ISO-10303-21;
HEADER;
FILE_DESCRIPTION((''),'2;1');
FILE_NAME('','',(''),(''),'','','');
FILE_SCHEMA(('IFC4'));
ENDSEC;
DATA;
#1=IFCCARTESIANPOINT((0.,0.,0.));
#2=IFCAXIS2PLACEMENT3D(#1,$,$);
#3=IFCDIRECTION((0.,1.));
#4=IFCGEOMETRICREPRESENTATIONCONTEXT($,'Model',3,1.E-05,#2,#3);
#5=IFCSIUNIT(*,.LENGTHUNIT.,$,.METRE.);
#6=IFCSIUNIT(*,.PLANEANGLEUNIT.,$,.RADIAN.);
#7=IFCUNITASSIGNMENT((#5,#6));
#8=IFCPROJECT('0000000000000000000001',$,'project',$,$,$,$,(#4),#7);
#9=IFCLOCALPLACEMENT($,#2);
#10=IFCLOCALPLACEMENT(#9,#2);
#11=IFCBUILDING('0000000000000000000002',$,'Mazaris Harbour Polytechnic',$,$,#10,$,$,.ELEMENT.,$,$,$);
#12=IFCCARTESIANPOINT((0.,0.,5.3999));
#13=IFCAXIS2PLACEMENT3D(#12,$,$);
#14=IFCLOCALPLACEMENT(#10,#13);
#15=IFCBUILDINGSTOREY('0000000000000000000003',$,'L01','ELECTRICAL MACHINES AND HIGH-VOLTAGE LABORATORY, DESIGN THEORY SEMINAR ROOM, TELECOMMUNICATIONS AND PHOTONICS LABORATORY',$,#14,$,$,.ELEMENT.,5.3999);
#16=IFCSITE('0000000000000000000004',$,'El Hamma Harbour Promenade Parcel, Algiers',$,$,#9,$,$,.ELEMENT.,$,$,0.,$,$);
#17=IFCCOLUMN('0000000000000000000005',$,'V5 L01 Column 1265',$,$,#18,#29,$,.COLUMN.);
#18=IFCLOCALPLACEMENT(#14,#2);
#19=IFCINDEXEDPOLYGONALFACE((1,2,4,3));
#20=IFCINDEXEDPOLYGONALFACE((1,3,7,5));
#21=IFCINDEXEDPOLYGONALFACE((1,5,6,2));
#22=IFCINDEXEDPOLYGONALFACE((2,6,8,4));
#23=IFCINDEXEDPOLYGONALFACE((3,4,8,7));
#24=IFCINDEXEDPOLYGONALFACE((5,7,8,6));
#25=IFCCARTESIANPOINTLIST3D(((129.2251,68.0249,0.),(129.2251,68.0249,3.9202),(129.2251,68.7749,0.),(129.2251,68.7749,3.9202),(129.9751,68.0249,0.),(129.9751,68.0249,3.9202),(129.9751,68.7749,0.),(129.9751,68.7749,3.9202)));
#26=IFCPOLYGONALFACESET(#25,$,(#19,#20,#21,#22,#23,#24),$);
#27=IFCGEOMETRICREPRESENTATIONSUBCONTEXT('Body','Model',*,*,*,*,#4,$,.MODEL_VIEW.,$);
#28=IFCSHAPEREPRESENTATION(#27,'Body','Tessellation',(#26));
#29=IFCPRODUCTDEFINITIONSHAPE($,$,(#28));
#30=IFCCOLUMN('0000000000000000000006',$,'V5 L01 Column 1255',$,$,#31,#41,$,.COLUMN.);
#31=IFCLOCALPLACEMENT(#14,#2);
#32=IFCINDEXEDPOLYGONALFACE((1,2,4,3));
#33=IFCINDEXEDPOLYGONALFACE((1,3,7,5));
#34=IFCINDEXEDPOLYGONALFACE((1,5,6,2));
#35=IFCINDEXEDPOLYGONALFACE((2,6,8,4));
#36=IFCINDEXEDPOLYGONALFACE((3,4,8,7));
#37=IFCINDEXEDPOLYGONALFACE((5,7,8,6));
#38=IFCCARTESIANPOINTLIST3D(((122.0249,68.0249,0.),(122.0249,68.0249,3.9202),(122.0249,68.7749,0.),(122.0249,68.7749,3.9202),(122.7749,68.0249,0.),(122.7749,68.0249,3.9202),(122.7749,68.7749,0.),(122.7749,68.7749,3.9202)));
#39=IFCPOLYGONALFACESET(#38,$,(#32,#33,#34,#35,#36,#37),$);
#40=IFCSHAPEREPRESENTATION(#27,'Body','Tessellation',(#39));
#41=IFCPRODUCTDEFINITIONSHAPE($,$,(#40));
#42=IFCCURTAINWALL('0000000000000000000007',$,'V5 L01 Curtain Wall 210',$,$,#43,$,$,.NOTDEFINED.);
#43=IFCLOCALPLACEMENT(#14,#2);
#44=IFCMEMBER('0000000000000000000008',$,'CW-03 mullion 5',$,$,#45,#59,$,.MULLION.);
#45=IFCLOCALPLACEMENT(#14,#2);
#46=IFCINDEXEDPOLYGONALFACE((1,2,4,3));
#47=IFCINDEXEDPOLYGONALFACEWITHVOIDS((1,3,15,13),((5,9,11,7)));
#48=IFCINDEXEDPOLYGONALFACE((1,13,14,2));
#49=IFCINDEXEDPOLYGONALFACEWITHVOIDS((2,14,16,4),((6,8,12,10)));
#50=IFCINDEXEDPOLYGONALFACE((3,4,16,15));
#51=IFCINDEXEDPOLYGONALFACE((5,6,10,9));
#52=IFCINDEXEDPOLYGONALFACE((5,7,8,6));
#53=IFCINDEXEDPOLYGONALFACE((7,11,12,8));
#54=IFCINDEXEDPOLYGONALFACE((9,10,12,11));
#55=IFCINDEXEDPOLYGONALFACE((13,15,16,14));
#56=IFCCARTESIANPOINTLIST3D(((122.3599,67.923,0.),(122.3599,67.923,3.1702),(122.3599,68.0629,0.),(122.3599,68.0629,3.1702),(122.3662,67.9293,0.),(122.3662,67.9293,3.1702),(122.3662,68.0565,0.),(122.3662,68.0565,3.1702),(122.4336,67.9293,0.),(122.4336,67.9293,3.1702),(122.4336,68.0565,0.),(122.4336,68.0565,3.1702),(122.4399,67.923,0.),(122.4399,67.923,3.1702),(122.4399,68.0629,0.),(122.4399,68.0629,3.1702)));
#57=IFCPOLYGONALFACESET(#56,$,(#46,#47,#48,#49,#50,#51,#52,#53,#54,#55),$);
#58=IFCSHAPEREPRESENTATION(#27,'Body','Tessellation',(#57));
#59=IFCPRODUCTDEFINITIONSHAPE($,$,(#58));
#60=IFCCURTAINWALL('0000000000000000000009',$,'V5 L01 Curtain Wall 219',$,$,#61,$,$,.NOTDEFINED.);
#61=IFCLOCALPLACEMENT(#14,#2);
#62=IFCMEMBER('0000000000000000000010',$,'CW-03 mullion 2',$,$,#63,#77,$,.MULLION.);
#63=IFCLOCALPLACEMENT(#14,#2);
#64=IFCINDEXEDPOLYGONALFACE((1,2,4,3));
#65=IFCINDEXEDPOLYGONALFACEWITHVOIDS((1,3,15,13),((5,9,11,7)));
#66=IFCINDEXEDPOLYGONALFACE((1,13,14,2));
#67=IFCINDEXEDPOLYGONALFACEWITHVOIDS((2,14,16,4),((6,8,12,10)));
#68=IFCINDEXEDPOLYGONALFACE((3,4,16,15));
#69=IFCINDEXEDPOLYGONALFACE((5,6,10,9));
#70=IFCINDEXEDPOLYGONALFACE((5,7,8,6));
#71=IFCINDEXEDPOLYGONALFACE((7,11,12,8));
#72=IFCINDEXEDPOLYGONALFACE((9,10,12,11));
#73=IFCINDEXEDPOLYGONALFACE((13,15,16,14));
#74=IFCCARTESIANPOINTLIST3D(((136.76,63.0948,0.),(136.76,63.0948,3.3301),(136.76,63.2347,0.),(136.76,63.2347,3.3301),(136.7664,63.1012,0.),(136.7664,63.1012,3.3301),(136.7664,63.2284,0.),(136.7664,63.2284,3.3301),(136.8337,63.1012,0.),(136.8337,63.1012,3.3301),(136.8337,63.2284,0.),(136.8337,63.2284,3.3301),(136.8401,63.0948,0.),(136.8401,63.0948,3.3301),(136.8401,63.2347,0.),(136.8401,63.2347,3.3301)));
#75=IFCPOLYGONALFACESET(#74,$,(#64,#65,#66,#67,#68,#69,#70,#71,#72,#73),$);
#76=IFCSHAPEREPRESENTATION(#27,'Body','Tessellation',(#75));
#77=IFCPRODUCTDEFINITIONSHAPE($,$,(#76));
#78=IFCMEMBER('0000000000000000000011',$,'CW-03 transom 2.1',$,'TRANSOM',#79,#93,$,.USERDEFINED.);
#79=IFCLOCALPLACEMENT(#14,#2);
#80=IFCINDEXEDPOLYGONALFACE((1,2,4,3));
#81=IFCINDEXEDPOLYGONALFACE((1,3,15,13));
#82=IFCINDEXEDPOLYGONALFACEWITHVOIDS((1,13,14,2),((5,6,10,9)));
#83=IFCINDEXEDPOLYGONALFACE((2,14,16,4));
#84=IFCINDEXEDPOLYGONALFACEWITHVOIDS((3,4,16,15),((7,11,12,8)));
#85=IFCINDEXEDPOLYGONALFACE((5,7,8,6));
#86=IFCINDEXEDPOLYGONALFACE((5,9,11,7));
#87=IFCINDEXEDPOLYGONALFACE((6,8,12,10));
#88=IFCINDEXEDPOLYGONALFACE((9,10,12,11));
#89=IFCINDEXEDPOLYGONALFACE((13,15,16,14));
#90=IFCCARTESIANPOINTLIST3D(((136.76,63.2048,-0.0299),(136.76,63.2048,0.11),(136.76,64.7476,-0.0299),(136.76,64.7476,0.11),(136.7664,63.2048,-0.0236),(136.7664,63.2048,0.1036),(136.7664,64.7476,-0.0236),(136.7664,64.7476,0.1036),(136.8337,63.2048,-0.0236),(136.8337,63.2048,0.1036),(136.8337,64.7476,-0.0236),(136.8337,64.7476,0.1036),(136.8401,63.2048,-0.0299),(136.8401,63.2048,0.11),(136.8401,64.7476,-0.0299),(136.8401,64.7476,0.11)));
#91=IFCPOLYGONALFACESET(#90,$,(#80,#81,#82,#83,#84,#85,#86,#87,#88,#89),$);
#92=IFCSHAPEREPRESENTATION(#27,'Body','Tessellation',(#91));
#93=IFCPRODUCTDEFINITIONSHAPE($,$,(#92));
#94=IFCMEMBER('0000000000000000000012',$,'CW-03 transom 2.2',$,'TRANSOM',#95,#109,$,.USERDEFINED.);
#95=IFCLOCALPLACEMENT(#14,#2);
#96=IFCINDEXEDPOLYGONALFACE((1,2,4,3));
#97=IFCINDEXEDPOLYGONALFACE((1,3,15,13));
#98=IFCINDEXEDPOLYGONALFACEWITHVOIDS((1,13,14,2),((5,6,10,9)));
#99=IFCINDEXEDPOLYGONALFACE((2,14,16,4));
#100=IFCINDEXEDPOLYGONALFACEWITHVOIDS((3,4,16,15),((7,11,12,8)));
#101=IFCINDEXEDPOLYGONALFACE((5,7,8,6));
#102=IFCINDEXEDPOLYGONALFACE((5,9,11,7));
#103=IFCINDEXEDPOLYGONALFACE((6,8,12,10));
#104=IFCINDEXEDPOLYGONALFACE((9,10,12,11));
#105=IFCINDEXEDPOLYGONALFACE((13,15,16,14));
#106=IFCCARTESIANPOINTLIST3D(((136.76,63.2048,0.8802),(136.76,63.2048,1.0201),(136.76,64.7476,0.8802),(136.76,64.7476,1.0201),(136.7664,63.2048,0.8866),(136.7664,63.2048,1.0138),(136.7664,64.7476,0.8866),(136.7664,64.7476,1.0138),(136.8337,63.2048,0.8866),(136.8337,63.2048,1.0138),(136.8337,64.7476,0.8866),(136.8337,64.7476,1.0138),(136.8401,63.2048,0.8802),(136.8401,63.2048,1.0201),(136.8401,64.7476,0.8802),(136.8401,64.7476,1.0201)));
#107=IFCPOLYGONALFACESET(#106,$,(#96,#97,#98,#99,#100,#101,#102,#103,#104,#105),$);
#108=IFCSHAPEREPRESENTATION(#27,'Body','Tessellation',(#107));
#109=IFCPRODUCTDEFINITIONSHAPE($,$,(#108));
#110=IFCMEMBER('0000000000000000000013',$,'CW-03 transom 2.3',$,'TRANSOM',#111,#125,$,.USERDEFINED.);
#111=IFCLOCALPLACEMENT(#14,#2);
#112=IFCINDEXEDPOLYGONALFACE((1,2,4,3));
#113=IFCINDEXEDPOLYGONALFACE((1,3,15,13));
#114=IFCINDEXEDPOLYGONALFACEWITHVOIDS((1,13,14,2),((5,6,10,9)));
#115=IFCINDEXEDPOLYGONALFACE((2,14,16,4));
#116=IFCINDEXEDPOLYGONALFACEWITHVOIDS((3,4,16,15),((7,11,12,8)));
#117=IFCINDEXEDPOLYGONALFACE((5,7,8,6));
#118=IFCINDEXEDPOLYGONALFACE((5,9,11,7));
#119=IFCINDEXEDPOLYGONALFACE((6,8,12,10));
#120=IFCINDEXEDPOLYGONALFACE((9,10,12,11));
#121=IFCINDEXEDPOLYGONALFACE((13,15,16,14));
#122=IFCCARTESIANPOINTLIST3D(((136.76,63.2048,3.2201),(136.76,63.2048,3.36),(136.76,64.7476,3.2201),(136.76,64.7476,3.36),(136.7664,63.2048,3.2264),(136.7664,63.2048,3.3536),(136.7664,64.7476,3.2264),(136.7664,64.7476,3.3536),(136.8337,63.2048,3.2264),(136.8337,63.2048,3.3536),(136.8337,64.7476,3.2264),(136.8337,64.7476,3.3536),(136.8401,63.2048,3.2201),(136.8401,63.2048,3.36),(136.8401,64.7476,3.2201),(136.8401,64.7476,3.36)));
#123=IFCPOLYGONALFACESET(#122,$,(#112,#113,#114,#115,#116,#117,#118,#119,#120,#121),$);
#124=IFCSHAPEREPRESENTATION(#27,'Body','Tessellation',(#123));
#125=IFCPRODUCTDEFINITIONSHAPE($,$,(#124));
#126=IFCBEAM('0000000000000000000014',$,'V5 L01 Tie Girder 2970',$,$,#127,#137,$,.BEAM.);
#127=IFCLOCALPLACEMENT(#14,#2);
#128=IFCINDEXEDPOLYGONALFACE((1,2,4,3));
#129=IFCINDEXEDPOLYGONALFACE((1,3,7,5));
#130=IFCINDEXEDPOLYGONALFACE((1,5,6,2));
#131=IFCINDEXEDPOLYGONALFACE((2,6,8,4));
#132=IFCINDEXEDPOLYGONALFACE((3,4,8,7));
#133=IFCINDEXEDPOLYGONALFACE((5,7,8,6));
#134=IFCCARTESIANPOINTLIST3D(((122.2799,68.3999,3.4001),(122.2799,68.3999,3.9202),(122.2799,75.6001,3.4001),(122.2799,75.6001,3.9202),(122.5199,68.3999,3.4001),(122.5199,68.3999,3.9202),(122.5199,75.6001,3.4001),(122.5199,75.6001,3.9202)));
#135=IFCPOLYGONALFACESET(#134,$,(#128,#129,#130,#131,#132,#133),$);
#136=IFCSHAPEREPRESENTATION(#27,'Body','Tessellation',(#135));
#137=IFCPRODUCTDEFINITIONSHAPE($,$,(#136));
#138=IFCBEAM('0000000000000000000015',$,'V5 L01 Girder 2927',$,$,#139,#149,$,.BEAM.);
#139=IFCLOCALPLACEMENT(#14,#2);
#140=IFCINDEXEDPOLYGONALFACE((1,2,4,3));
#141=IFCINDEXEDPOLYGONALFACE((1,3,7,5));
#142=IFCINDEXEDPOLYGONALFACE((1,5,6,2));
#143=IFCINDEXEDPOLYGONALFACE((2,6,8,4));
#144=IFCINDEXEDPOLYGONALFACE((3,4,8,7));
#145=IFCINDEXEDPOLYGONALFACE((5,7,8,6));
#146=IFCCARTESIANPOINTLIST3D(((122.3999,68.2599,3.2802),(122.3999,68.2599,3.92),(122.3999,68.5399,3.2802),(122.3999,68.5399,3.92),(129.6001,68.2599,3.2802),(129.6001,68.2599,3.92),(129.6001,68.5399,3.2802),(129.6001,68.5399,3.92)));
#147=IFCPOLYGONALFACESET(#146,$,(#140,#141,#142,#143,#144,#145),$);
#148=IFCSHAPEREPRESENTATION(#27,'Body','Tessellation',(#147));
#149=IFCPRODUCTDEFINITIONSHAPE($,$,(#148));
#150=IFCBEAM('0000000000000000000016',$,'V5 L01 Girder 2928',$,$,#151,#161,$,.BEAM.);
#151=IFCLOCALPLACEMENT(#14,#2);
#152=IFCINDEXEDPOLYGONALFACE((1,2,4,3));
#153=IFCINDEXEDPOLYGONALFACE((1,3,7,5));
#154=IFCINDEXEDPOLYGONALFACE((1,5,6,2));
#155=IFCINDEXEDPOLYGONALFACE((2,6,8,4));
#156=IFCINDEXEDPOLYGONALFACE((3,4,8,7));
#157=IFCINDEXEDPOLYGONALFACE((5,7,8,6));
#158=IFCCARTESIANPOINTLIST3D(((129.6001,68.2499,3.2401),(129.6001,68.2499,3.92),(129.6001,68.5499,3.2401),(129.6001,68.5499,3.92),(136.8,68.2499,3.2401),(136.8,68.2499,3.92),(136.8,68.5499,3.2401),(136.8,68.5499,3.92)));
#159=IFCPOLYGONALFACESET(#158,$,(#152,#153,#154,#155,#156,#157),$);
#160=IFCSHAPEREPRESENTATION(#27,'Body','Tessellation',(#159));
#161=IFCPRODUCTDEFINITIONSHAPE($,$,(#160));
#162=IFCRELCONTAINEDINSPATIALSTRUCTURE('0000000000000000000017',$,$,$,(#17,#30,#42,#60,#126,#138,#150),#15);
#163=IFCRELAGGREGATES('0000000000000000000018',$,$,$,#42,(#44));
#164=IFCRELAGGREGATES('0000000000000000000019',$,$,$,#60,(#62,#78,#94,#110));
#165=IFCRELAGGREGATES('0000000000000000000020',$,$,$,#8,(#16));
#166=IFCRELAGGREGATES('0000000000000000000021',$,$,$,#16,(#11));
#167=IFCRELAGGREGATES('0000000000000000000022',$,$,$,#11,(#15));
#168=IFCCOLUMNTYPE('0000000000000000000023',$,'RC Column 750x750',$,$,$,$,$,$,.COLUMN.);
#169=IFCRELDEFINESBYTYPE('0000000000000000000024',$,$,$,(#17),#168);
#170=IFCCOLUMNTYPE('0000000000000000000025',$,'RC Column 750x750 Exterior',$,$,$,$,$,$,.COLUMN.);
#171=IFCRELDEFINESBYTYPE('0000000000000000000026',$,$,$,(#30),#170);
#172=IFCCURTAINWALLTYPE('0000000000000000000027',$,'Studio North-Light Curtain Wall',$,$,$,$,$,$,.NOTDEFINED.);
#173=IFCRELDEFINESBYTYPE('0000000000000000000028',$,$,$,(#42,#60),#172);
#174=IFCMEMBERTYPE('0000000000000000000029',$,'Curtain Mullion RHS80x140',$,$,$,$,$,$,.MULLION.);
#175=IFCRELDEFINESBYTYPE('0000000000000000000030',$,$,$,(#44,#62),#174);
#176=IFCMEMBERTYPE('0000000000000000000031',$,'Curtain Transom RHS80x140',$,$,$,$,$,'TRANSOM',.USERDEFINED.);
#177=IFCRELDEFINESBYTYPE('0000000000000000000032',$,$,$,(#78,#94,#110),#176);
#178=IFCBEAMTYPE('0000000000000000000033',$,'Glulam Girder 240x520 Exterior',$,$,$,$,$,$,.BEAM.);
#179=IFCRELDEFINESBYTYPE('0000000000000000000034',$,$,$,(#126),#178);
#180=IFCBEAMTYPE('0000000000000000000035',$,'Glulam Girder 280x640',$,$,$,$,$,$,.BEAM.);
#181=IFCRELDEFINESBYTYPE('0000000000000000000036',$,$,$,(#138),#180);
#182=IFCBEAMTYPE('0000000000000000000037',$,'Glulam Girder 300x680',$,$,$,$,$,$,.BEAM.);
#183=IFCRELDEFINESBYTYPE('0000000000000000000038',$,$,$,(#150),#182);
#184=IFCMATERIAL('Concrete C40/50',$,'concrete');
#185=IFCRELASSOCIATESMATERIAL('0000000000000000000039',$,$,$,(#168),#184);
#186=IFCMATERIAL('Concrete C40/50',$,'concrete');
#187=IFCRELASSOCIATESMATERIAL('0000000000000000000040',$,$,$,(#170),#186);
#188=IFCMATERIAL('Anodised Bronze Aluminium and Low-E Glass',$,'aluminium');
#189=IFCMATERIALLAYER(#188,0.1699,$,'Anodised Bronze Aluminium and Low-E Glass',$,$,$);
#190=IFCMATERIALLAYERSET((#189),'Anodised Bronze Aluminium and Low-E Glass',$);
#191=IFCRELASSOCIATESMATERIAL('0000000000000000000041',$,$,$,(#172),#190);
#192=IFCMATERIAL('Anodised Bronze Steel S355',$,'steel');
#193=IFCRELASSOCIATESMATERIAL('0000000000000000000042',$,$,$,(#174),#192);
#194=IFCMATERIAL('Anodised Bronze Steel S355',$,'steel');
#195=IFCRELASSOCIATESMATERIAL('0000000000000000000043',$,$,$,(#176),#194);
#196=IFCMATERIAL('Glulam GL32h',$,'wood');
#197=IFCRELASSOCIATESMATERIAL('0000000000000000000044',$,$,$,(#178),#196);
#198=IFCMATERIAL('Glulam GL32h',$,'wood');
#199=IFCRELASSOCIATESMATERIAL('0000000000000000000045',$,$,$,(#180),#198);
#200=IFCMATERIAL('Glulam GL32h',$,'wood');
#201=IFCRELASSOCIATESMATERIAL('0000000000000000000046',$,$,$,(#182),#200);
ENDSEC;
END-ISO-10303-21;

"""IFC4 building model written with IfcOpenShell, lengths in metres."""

from ifc_helpers import new_model, si_unit, direction, frame, origin, origin_2d, place, context, subcontext, project, spatial, rectangle, hollow_rectangle, extrude, material, layer, layer_set, material_profile, profile_set, type_object, element, aggregate, save


model = new_model("IFC4")

# Units and contexts
model_context = context("Model", 3, precision=1e-05, world=origin(), true_north=direction((0.0, 1.0)))
body_context = subcontext(model_context, "Body", "Model", "MODEL_VIEW")
ifc_project = project(units=[si_unit("LENGTHUNIT", "METRE"), si_unit("PLANEANGLEUNIT", "RADIAN")], contexts=[model_context])

# Site, building, storey
site_placement = place(None, origin())
site = spatial("IfcSite", under=ifc_project, at=site_placement, Name="El Hamma Harbour Promenade Parcel, Algiers", CompositionType="ELEMENT", RefElevation=0.0)
building_placement = place(site_placement, origin())
building = spatial("IfcBuilding", under=site, at=building_placement, Name="Mazaris Harbour Polytechnic", CompositionType="ELEMENT")
storey_placement = place(building_placement, frame((0.0, 0.0, 5.3999)))
storey = spatial("IfcBuildingStorey", under=building, at=storey_placement, Name="L01", Description="ELECTRICAL MACHINES AND HIGH-VOLTAGE LABORATORY, DESIGN THEORY SEMINAR ROOM, TELECOMMUNICATIONS AND PHOTONICS LABORATORY", CompositionType="ELEMENT", Elevation=5.3999)

# Columns
ifc_material_1 = material(Name="Concrete C40/50", Category="concrete")
ifc_material_profile_1 = material_profile(ifc_material_1, rectangle(XDim=0.75, YDim=0.75, at=origin_2d()), Name="RECT750x750")
ifc_profile_set_1 = profile_set([ifc_material_profile_1], Name="Concrete C40/50")
column_type_1 = type_object("IfcColumnType", Name="RC Column 750x750", PredefinedType="COLUMN", material=ifc_profile_set_1)
column_1_placement = place(storey_placement, frame((129.6001, 68.3999, 0.0), z_axis=(0.0, 0.0, 1.0), x_axis=(1.0, 0.0, 0.0)))
element("IfcColumn", 1, at=column_1_placement, inside=storey, type_object=column_type_1, Name="V5 L01 Column 1265", PredefinedType="COLUMN", context=body_context, shape_type="SweptSolid", body=[
    extrude(rectangle(XDim=0.75, YDim=0.75, at=origin_2d()), origin(), (0.0, 0.0, 1.0), 3.9202),
])
ifc_material_2 = material(Name="Concrete C40/50", Category="concrete")
ifc_material_profile_2 = material_profile(ifc_material_2, rectangle(XDim=0.75, YDim=0.75, at=origin_2d()), Name="RECT750x750")
ifc_profile_set_2 = profile_set([ifc_material_profile_2], Name="Concrete C40/50")
column_type_2 = type_object("IfcColumnType", Name="RC Column 750x750 Exterior", PredefinedType="COLUMN", material=ifc_profile_set_2)
column_2_placement = place(storey_placement, frame((122.3999, 68.3999, 0.0), z_axis=(0.0, 0.0, 1.0), x_axis=(1.0, 0.0, 0.0)))
element("IfcColumn", 2, at=column_2_placement, inside=storey, type_object=column_type_2, Name="V5 L01 Column 1255", PredefinedType="COLUMN", context=body_context, shape_type="SweptSolid", body=[
    extrude(rectangle(XDim=0.75, YDim=0.75, at=origin_2d()), origin(), (0.0, 0.0, 1.0), 3.9202),
])

# Curtain wall, member
ifc_material_3 = material(Name="Anodised Bronze Aluminium and Low-E Glass", Category="aluminium")
ifc_layer_1 = layer(ifc_material_3, 0.1699, Name="Anodised Bronze Aluminium and Low-E Glass")
ifc_layer_set_1 = layer_set([ifc_layer_1], Name="Anodised Bronze Aluminium and Low-E Glass")
curtain_wall_type = type_object("IfcCurtainWallType", Name="Studio North-Light Curtain Wall", PredefinedType="NOTDEFINED", material=ifc_layer_set_1)
curtain_wall_1_placement = place(storey_placement, origin())
curtain_wall_1 = element("IfcCurtainWall", 3, at=curtain_wall_1_placement, inside=storey, type_object=curtain_wall_type, Name="V5 L01 Curtain Wall 210", PredefinedType="NOTDEFINED")
ifc_material_4 = material(Name="Anodised Bronze Steel S355", Category="steel")
ifc_material_profile_3 = material_profile(ifc_material_4, hollow_rectangle(XDim=0.0801, YDim=0.1399, WallThickness=0.0063, at=origin_2d()), Name="RHS 80x140x6.3")
ifc_profile_set_3 = profile_set([ifc_material_profile_3], Name="Anodised Bronze Steel S355")
member_type_1 = type_object("IfcMemberType", Name="Curtain Mullion RHS80x140", PredefinedType="MULLION", material=ifc_profile_set_3)
member_1_placement = place(storey_placement, frame((122.3999, 67.9929, 0.0), z_axis=(0.0, 0.0, 1.0), x_axis=(-1.0, 0.0, 0.0)))
member_1 = element("IfcMember", 4, at=member_1_placement, type_object=member_type_1, Name="CW-03 mullion 5", PredefinedType="MULLION", context=body_context, shape_type="SweptSolid", body=[
    extrude(hollow_rectangle(XDim=0.0801, YDim=0.1399, WallThickness=0.0063, at=origin_2d()), origin(), (0.0, 0.0, 1.0), 3.1702),
])
aggregate(curtain_wall_1, [member_1])

# Curtain wall, members
curtain_wall_2_placement = place(storey_placement, origin())
curtain_wall_2 = element("IfcCurtainWall", 5, at=curtain_wall_2_placement, inside=storey, type_object=curtain_wall_type, Name="V5 L01 Curtain Wall 219", PredefinedType="NOTDEFINED")
member_2_placement = place(storey_placement, frame((136.8, 63.1648, 0.0), z_axis=(0.0, 0.0, 1.0), x_axis=(-1.0, 0.0, 0.0)))
member_2 = element("IfcMember", 6, at=member_2_placement, type_object=member_type_1, Name="CW-03 mullion 2", PredefinedType="MULLION", context=body_context, shape_type="SweptSolid", body=[
    extrude(hollow_rectangle(XDim=0.0801, YDim=0.1399, WallThickness=0.0063, at=origin_2d()), origin(), (0.0, 0.0, 1.0), 3.3301),
])
ifc_material_5 = material(Name="Anodised Bronze Steel S355", Category="steel")
ifc_material_profile_4 = material_profile(ifc_material_5, hollow_rectangle(XDim=0.0801, YDim=0.1399, WallThickness=0.0063, at=origin_2d()), Name="RHS 80x140x6.3")
ifc_profile_set_4 = profile_set([ifc_material_profile_4], Name="Anodised Bronze Steel S355")
member_type_2 = type_object("IfcMemberType", Name="Curtain Transom RHS80x140", ElementType="TRANSOM", PredefinedType="USERDEFINED", material=ifc_profile_set_4)
member_3_placement = place(storey_placement, frame((136.8, 63.2048, 0.04), z_axis=(0.0, 1.0, 0.0), x_axis=(-1.0, 0.0, 0.0)))
member_3 = element("IfcMember", 7, at=member_3_placement, type_object=member_type_2, Name="CW-03 transom 2.1", ObjectType="TRANSOM", PredefinedType="USERDEFINED", context=body_context, shape_type="SweptSolid", body=[
    extrude(hollow_rectangle(XDim=0.0801, YDim=0.1399, WallThickness=0.0063, at=origin_2d()), origin(), (0.0, 0.0, 1.0), 1.5427),
])
member_4_placement = place(storey_placement, frame((136.8, 63.2048, 0.9502), z_axis=(0.0, 1.0, 0.0), x_axis=(-1.0, 0.0, 0.0)))
member_4 = element("IfcMember", 8, at=member_4_placement, type_object=member_type_2, Name="CW-03 transom 2.2", ObjectType="TRANSOM", PredefinedType="USERDEFINED", context=body_context, shape_type="SweptSolid", body=[
    extrude(hollow_rectangle(XDim=0.0801, YDim=0.1399, WallThickness=0.0063, at=origin_2d()), origin(), (0.0, 0.0, 1.0), 1.5427),
])
member_5_placement = place(storey_placement, frame((136.8, 63.2048, 3.29), z_axis=(0.0, 1.0, 0.0), x_axis=(-1.0, 0.0, 0.0)))
member_5 = element("IfcMember", 9, at=member_5_placement, type_object=member_type_2, Name="CW-03 transom 2.3", ObjectType="TRANSOM", PredefinedType="USERDEFINED", context=body_context, shape_type="SweptSolid", body=[
    extrude(hollow_rectangle(XDim=0.0801, YDim=0.1399, WallThickness=0.0063, at=origin_2d()), origin(), (0.0, 0.0, 1.0), 1.5427),
])

# Beams
ifc_material_6 = material(Name="Glulam GL32h", Category="wood")
ifc_material_profile_5 = material_profile(ifc_material_6, rectangle(XDim=0.24, YDim=0.52, at=origin_2d()), Name="RECT240x520")
ifc_profile_set_5 = profile_set([ifc_material_profile_5], Name="Glulam GL32h")
beam_type_1 = type_object("IfcBeamType", Name="Glulam Girder 240x520 Exterior", PredefinedType="BEAM", material=ifc_profile_set_5)
beam_1_placement = place(storey_placement, frame((122.3999, 68.3999, 3.6602), z_axis=(0.0, 1.0, 0.0), x_axis=(-1.0, 0.0, 0.0)))
element("IfcBeam", 10, at=beam_1_placement, inside=storey, type_object=beam_type_1, Name="V5 L01 Tie Girder 2970", PredefinedType="BEAM", context=body_context, shape_type="SweptSolid", body=[
    extrude(rectangle(XDim=0.24, YDim=0.52, at=origin_2d()), origin(), (0.0, 0.0, 1.0), 7.2002),
])
ifc_material_7 = material(Name="Glulam GL32h", Category="wood")
ifc_material_profile_6 = material_profile(ifc_material_7, rectangle(XDim=0.28, YDim=0.6399, at=origin_2d()), Name="RECT280x640")
ifc_profile_set_6 = profile_set([ifc_material_profile_6], Name="Glulam GL32h")
beam_type_2 = type_object("IfcBeamType", Name="Glulam Girder 280x640", PredefinedType="BEAM", material=ifc_profile_set_6)
beam_2_placement = place(storey_placement, frame((122.3999, 68.3999, 3.6001), z_axis=(1.0, 0.0, 0.0), x_axis=(0.0, 1.0, 0.0)))
element("IfcBeam", 11, at=beam_2_placement, inside=storey, type_object=beam_type_2, Name="V5 L01 Girder 2927", PredefinedType="BEAM", context=body_context, shape_type="SweptSolid", body=[
    extrude(rectangle(XDim=0.28, YDim=0.6399, at=origin_2d()), origin(), (0.0, 0.0, 1.0), 7.2002),
])
ifc_material_8 = material(Name="Glulam GL32h", Category="wood")
ifc_material_profile_7 = material_profile(ifc_material_8, rectangle(XDim=0.3, YDim=0.6799, at=origin_2d()), Name="RECT300x680")
ifc_profile_set_7 = profile_set([ifc_material_profile_7], Name="Glulam GL32h")
beam_type_3 = type_object("IfcBeamType", Name="Glulam Girder 300x680", PredefinedType="BEAM", material=ifc_profile_set_7)
beam_3_placement = place(storey_placement, frame((129.6001, 68.3999, 3.5801), z_axis=(1.0, 0.0, 0.0), x_axis=(0.0, 1.0, 0.0)))
element("IfcBeam", 12, at=beam_3_placement, inside=storey, type_object=beam_type_3, Name="V5 L01 Girder 2928", PredefinedType="BEAM", context=body_context, shape_type="SweptSolid", body=[
    extrude(rectangle(XDim=0.3, YDim=0.6799, at=origin_2d()), origin(), (0.0, 0.0, 1.0), 7.2),
])

aggregate(curtain_wall_2, [member_2, member_3, member_4, member_5])

save(model, "model.ifc")
